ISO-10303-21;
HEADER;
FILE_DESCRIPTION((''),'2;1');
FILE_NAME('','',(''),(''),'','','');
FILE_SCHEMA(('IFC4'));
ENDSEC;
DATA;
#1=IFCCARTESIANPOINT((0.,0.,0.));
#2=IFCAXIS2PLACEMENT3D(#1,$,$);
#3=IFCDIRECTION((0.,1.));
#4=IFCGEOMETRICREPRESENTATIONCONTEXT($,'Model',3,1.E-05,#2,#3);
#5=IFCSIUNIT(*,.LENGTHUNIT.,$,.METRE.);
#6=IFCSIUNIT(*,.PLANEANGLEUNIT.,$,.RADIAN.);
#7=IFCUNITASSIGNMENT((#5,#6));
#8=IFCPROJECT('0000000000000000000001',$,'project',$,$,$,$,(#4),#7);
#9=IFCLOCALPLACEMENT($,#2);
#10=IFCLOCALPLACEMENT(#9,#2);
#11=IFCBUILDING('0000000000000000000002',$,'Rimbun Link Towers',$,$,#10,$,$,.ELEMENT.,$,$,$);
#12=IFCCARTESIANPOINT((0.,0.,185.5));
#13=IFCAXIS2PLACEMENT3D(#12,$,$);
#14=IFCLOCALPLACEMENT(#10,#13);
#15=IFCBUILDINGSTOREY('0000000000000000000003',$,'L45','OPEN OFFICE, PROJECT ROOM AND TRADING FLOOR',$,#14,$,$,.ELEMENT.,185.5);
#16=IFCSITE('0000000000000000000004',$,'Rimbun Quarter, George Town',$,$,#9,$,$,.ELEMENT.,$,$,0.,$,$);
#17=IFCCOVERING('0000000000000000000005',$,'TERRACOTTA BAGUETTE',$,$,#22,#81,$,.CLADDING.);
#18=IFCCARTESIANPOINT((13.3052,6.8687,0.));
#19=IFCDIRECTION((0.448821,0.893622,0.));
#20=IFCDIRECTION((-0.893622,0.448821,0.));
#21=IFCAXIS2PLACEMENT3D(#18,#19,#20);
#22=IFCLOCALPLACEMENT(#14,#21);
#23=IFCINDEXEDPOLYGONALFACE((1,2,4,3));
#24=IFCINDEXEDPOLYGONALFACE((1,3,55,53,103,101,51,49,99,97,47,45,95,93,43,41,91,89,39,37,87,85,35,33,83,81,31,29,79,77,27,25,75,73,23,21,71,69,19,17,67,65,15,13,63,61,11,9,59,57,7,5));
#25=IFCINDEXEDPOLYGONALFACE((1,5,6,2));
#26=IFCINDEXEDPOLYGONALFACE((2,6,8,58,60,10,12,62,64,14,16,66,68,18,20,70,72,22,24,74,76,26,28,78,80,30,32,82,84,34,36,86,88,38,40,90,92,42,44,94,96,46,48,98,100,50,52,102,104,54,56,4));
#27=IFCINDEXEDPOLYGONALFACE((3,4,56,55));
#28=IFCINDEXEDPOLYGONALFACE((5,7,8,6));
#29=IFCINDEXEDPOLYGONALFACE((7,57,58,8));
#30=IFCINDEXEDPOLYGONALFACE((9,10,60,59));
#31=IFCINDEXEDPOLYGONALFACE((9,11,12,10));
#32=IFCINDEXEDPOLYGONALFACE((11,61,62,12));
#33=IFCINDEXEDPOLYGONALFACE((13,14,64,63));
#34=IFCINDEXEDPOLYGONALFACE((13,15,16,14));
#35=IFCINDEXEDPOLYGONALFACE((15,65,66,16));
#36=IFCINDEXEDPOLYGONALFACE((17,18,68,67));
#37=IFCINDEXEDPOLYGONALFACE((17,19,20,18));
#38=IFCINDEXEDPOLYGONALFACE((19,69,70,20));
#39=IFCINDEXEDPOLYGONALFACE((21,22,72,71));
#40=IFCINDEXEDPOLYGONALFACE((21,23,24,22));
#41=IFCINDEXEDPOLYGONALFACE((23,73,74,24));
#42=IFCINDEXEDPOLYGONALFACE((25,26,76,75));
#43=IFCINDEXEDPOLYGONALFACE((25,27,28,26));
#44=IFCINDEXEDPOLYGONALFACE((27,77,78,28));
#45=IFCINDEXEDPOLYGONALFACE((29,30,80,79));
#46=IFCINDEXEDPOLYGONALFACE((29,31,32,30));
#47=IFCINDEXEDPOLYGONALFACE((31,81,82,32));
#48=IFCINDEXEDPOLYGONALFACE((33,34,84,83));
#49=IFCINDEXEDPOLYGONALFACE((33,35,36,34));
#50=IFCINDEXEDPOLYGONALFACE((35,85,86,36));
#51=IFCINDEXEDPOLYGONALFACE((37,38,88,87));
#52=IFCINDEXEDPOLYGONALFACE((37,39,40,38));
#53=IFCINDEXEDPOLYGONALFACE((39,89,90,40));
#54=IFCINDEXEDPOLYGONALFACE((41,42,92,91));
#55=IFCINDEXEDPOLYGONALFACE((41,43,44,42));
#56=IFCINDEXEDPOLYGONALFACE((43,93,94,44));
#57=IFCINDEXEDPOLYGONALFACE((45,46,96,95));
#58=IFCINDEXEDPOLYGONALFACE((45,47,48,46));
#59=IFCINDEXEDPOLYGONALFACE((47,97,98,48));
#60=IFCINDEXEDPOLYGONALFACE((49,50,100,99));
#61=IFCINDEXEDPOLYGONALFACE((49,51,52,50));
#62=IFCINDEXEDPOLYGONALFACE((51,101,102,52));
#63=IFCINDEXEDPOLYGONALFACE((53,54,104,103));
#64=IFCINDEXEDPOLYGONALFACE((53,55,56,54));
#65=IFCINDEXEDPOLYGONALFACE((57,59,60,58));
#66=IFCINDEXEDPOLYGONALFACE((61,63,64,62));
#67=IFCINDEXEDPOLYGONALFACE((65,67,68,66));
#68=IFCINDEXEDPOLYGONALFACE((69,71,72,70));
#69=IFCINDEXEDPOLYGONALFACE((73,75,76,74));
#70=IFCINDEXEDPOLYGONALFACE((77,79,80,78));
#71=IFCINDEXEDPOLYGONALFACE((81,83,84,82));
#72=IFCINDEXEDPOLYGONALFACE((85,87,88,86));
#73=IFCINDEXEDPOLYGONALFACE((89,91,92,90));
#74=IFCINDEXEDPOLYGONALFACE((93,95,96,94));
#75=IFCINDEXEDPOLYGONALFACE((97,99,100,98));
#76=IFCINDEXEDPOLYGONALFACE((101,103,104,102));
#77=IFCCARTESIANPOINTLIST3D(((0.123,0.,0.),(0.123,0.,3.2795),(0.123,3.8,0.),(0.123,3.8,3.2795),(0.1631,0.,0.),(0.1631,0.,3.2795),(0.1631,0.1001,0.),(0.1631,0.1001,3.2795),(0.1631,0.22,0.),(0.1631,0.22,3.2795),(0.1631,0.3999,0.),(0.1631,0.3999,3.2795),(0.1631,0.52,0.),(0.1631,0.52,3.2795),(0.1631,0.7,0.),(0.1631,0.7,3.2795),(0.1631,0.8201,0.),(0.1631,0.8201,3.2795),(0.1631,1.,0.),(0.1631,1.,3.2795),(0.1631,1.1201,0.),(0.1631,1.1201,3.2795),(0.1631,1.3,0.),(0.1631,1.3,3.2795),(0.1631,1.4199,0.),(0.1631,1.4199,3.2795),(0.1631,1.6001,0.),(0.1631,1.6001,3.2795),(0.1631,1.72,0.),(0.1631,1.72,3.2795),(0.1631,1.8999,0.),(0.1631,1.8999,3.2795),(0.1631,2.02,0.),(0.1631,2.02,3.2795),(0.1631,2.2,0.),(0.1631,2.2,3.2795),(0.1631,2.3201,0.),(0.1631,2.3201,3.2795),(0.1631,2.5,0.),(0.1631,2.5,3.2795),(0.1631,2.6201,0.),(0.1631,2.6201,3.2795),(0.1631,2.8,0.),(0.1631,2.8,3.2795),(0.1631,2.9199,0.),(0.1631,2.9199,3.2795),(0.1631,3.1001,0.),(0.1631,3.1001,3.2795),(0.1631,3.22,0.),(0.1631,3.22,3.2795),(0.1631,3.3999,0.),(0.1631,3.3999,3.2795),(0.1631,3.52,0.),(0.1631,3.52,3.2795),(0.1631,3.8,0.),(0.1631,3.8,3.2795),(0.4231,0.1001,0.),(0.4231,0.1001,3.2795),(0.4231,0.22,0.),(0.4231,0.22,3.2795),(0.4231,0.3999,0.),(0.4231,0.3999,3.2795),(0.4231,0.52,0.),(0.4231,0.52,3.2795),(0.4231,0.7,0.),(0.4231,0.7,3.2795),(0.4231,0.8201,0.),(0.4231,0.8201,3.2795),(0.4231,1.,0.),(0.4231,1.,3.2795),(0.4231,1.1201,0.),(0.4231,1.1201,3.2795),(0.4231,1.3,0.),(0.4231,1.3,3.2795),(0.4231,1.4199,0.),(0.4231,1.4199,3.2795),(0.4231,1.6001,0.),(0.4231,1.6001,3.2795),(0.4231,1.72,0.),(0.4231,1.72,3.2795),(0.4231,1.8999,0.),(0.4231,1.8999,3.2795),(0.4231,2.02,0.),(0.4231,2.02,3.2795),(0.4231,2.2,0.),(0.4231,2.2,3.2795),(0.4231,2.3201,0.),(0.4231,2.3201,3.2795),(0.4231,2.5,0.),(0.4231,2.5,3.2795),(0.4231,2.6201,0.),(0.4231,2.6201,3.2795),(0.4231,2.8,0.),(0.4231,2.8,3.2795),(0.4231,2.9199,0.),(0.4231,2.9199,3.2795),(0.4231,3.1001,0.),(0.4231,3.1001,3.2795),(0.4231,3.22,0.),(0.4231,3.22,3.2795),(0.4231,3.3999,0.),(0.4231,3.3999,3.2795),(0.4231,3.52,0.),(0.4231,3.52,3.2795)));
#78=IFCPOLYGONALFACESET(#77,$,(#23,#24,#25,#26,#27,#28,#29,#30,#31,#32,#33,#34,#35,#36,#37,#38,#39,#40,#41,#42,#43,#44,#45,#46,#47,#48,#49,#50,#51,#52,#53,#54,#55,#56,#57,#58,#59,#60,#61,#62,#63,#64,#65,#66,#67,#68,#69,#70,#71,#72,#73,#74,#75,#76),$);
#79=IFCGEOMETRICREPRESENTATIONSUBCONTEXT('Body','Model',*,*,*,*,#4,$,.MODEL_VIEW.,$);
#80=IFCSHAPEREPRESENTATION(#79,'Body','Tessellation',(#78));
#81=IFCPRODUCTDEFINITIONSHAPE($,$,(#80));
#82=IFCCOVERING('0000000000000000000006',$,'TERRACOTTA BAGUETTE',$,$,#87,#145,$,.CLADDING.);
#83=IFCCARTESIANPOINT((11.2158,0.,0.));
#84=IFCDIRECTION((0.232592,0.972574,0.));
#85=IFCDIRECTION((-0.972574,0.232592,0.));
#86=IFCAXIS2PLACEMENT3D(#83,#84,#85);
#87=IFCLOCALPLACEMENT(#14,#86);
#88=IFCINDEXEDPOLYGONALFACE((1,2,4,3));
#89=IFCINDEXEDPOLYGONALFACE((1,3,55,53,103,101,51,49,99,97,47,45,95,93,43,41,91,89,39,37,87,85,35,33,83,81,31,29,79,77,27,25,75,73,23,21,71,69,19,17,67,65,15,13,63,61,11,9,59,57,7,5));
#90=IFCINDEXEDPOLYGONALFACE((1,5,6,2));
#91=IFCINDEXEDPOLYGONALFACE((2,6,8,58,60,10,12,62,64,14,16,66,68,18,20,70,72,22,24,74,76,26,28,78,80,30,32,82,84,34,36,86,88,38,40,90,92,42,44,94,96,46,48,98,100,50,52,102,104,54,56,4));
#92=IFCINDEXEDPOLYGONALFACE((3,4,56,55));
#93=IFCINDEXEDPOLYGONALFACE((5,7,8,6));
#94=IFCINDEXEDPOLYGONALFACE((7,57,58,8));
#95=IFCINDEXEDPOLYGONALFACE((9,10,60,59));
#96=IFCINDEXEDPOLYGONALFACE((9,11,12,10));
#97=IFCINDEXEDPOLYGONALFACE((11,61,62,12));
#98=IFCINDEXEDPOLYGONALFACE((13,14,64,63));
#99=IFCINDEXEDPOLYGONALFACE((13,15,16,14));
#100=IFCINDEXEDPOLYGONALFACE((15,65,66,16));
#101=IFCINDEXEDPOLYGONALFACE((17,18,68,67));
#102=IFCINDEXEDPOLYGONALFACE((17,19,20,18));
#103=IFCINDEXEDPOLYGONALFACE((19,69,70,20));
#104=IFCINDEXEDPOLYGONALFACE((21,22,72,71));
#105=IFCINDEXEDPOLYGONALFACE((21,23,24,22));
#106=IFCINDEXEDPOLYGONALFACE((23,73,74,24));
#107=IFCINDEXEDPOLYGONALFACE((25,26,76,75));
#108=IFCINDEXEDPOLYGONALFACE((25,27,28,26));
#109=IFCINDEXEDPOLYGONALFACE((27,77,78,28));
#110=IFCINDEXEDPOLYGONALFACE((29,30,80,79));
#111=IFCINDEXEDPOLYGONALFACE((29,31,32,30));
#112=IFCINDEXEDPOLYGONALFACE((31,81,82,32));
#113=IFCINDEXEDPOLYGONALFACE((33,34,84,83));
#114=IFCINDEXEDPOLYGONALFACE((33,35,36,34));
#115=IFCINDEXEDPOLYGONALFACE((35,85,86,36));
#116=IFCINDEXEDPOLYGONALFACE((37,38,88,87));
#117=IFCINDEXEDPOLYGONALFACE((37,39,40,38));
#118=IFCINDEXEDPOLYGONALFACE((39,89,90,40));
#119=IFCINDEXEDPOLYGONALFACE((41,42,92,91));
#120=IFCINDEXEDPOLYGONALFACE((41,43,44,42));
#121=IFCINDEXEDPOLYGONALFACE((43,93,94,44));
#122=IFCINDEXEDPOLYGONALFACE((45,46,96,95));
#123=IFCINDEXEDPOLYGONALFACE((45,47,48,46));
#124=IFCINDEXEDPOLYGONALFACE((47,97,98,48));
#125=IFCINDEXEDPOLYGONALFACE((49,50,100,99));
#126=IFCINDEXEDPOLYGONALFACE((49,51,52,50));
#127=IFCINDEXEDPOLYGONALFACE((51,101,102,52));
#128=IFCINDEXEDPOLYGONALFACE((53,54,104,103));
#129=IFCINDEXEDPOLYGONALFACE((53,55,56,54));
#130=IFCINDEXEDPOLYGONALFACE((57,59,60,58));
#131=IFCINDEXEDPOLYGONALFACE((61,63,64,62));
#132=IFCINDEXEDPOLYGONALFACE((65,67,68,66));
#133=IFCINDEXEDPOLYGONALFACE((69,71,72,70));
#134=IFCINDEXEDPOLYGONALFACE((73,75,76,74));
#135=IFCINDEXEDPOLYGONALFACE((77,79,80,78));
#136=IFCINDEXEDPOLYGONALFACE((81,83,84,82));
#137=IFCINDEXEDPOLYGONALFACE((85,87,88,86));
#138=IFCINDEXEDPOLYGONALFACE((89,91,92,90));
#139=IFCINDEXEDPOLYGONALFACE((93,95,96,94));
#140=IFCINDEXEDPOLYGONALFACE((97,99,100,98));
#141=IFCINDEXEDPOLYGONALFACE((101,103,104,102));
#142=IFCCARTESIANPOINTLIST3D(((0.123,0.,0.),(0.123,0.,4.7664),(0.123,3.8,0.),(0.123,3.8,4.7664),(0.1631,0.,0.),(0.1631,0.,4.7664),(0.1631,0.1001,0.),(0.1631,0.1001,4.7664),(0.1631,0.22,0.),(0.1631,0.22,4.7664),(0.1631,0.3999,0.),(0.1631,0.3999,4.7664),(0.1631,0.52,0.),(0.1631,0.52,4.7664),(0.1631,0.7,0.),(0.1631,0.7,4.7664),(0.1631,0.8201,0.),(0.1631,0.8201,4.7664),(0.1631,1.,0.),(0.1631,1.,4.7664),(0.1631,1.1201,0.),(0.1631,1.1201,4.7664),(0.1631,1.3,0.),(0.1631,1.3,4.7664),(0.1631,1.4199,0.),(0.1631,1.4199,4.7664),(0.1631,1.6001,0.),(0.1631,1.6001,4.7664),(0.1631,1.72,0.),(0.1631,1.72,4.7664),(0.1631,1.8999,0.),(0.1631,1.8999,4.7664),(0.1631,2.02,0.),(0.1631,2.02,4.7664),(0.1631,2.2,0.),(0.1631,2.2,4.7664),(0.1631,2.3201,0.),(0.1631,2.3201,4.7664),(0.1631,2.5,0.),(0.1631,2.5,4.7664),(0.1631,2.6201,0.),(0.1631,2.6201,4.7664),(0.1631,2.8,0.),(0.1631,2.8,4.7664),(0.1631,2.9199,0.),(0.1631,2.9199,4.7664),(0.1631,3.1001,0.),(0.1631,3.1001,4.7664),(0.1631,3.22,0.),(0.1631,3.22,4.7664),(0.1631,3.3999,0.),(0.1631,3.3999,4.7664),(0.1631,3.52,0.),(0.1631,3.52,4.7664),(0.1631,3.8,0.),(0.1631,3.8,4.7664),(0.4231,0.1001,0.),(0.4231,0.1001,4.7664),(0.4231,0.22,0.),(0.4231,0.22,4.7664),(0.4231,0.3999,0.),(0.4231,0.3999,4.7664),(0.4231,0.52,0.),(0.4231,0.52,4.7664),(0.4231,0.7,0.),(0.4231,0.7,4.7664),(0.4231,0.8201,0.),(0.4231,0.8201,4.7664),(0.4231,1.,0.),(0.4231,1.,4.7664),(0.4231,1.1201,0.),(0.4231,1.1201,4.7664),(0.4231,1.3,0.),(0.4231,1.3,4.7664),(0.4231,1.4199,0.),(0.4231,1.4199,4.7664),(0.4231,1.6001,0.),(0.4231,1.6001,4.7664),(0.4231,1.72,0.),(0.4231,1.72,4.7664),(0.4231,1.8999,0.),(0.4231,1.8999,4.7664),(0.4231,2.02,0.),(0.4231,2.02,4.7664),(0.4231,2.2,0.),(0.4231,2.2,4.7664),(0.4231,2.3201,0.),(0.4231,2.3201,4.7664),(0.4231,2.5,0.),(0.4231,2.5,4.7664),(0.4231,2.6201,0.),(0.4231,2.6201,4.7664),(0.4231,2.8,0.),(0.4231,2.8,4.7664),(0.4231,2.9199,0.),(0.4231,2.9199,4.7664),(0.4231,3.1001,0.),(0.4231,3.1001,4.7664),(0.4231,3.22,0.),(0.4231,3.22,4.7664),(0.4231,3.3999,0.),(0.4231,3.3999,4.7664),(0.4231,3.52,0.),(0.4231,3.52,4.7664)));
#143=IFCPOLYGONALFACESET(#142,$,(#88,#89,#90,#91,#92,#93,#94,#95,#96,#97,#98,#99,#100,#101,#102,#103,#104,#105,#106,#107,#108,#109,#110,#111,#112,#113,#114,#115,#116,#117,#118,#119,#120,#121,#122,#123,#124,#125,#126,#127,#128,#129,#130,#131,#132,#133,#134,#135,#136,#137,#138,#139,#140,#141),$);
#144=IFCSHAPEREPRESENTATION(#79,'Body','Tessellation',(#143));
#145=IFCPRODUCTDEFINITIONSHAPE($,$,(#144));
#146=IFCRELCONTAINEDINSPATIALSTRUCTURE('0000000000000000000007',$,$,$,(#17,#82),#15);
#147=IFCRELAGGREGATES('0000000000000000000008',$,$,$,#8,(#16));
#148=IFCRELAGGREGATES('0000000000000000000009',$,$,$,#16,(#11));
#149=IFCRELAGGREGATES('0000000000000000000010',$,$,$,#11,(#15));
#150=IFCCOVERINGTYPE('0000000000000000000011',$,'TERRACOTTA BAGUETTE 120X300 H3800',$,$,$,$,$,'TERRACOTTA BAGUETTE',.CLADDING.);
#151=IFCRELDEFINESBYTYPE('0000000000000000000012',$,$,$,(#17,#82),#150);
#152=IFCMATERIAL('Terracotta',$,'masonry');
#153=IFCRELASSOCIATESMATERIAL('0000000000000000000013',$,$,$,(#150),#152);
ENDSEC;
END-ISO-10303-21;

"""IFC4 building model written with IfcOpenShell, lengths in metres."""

from ifc_helpers import new_model, si_unit, direction, frame, origin, place, context, subcontext, project, spatial, polyline, outline, extrude, material, material_profile, profile_set, type_object, element, save


model = new_model("IFC4")

# Units and contexts
model_context = context("Model", 3, precision=1e-05, world=origin(), true_north=direction((0.0, 1.0)))
body_context = subcontext(model_context, "Body", "Model", "MODEL_VIEW")
ifc_project = project(units=[si_unit("LENGTHUNIT", "METRE"), si_unit("PLANEANGLEUNIT", "RADIAN")], contexts=[model_context])

# Site, building, storey
site_placement = place(None, origin())
site = spatial("IfcSite", under=ifc_project, at=site_placement, Name="Rimbun Quarter, George Town", CompositionType="ELEMENT", RefElevation=0.0)
building_placement = place(site_placement, origin())
building = spatial("IfcBuilding", under=site, at=building_placement, Name="Rimbun Link Towers", CompositionType="ELEMENT")
storey_placement = place(building_placement, frame((0.0, 0.0, 185.5)))
storey = spatial("IfcBuildingStorey", under=building, at=storey_placement, Name="L45", Description="OPEN OFFICE, PROJECT ROOM AND TRADING FLOOR", CompositionType="ELEMENT", Elevation=185.5)

# Coverings
ifc_material_1 = material(Name="Terracotta", Category="masonry")
ifc_material_profile_1 = material_profile(ifc_material_1, outline(polyline([(0.123, 0.0), (0.1631, 0.0), (0.1631, 0.1001), (0.4231, 0.1001), (0.4231, 0.22), (0.1631, 0.22), (0.1631, 0.3999), (0.4231, 0.3999), (0.4231, 0.52), (0.1631, 0.52), (0.1631, 0.7), (0.4231, 0.7), (0.4231, 0.8201), (0.1631, 0.8201), (0.1631, 1.0), (0.4231, 1.0), (0.4231, 1.1201), (0.1631, 1.1201), (0.1631, 1.3), (0.4231, 1.3), (0.4231, 1.4199), (0.1631, 1.4199), (0.1631, 1.6001), (0.4231, 1.6001), (0.4231, 1.72), (0.1631, 1.72), (0.1631, 1.8999), (0.4231, 1.8999), (0.4231, 2.02), (0.1631, 2.02), (0.1631, 2.2), (0.4231, 2.2), (0.4231, 2.3201), (0.1631, 2.3201), (0.1631, 2.5), (0.4231, 2.5), (0.4231, 2.6201), (0.1631, 2.6201), (0.1631, 2.8), (0.4231, 2.8), (0.4231, 2.9199), (0.1631, 2.9199), (0.1631, 3.1001), (0.4231, 3.1001), (0.4231, 3.22), (0.1631, 3.22), (0.1631, 3.3999), (0.4231, 3.3999), (0.4231, 3.52), (0.1631, 3.52), (0.1631, 3.8), (0.123, 3.8), (0.123, 0.0)])), Name="BAGUETTE 120X300")
ifc_profile_set_1 = profile_set([ifc_material_profile_1], Name="Terracotta")
covering_type_1 = type_object("IfcCoveringType", Name="TERRACOTTA BAGUETTE 120X300 H3800", ElementType="TERRACOTTA BAGUETTE", PredefinedType="CLADDING", material=ifc_profile_set_1)
covering_1_placement = place(storey_placement, frame((13.3052, 6.8687, 0.0), z_axis=(0.448821, 0.893622, 0.0), x_axis=(-0.893622, 0.448821, 0.0)))
element("IfcCovering", 1, at=covering_1_placement, inside=storey, type_object=covering_type_1, Name="TERRACOTTA BAGUETTE", PredefinedType="CLADDING", context=body_context, shape_type="SweptSolid", body=[
    extrude(outline(polyline([(0.123, 0.0), (0.1631, 0.0), (0.1631, 0.1001), (0.4231, 0.1001), (0.4231, 0.22), (0.1631, 0.22), (0.1631, 0.3999), (0.4231, 0.3999), (0.4231, 0.52), (0.1631, 0.52), (0.1631, 0.7), (0.4231, 0.7), (0.4231, 0.8201), (0.1631, 0.8201), (0.1631, 1.0), (0.4231, 1.0), (0.4231, 1.1201), (0.1631, 1.1201), (0.1631, 1.3), (0.4231, 1.3), (0.4231, 1.4199), (0.1631, 1.4199), (0.1631, 1.6001), (0.4231, 1.6001), (0.4231, 1.72), (0.1631, 1.72), (0.1631, 1.8999), (0.4231, 1.8999), (0.4231, 2.02), (0.1631, 2.02), (0.1631, 2.2), (0.4231, 2.2), (0.4231, 2.3201), (0.1631, 2.3201), (0.1631, 2.5), (0.4231, 2.5), (0.4231, 2.6201), (0.1631, 2.6201), (0.1631, 2.8), (0.4231, 2.8), (0.4231, 2.9199), (0.1631, 2.9199), (0.1631, 3.1001), (0.4231, 3.1001), (0.4231, 3.22), (0.1631, 3.22), (0.1631, 3.3999), (0.4231, 3.3999), (0.4231, 3.52), (0.1631, 3.52), (0.1631, 3.8), (0.123, 3.8), (0.123, 0.0)])), origin(), (0.0, 0.0, 1.0), 3.2795),
])
covering_2_placement = place(storey_placement, frame((11.2158, 0.0, 0.0), z_axis=(0.232592, 0.972574, 0.0), x_axis=(-0.972574, 0.232592, 0.0)))
element("IfcCovering", 2, at=covering_2_placement, inside=storey, type_object=covering_type_1, Name="TERRACOTTA BAGUETTE", PredefinedType="CLADDING", context=body_context, shape_type="SweptSolid", body=[
    extrude(outline(polyline([(0.123, 0.0), (0.1631, 0.0), (0.1631, 0.1001), (0.4231, 0.1001), (0.4231, 0.22), (0.1631, 0.22), (0.1631, 0.3999), (0.4231, 0.3999), (0.4231, 0.52), (0.1631, 0.52), (0.1631, 0.7), (0.4231, 0.7), (0.4231, 0.8201), (0.1631, 0.8201), (0.1631, 1.0), (0.4231, 1.0), (0.4231, 1.1201), (0.1631, 1.1201), (0.1631, 1.3), (0.4231, 1.3), (0.4231, 1.4199), (0.1631, 1.4199), (0.1631, 1.6001), (0.4231, 1.6001), (0.4231, 1.72), (0.1631, 1.72), (0.1631, 1.8999), (0.4231, 1.8999), (0.4231, 2.02), (0.1631, 2.02), (0.1631, 2.2), (0.4231, 2.2), (0.4231, 2.3201), (0.1631, 2.3201), (0.1631, 2.5), (0.4231, 2.5), (0.4231, 2.6201), (0.1631, 2.6201), (0.1631, 2.8), (0.4231, 2.8), (0.4231, 2.9199), (0.1631, 2.9199), (0.1631, 3.1001), (0.4231, 3.1001), (0.4231, 3.22), (0.1631, 3.22), (0.1631, 3.3999), (0.4231, 3.3999), (0.4231, 3.52), (0.1631, 3.52), (0.1631, 3.8), (0.123, 3.8), (0.123, 0.0)])), origin(), (0.0, 0.0, 1.0), 4.7664),
])

save(model, "model.ifc")
